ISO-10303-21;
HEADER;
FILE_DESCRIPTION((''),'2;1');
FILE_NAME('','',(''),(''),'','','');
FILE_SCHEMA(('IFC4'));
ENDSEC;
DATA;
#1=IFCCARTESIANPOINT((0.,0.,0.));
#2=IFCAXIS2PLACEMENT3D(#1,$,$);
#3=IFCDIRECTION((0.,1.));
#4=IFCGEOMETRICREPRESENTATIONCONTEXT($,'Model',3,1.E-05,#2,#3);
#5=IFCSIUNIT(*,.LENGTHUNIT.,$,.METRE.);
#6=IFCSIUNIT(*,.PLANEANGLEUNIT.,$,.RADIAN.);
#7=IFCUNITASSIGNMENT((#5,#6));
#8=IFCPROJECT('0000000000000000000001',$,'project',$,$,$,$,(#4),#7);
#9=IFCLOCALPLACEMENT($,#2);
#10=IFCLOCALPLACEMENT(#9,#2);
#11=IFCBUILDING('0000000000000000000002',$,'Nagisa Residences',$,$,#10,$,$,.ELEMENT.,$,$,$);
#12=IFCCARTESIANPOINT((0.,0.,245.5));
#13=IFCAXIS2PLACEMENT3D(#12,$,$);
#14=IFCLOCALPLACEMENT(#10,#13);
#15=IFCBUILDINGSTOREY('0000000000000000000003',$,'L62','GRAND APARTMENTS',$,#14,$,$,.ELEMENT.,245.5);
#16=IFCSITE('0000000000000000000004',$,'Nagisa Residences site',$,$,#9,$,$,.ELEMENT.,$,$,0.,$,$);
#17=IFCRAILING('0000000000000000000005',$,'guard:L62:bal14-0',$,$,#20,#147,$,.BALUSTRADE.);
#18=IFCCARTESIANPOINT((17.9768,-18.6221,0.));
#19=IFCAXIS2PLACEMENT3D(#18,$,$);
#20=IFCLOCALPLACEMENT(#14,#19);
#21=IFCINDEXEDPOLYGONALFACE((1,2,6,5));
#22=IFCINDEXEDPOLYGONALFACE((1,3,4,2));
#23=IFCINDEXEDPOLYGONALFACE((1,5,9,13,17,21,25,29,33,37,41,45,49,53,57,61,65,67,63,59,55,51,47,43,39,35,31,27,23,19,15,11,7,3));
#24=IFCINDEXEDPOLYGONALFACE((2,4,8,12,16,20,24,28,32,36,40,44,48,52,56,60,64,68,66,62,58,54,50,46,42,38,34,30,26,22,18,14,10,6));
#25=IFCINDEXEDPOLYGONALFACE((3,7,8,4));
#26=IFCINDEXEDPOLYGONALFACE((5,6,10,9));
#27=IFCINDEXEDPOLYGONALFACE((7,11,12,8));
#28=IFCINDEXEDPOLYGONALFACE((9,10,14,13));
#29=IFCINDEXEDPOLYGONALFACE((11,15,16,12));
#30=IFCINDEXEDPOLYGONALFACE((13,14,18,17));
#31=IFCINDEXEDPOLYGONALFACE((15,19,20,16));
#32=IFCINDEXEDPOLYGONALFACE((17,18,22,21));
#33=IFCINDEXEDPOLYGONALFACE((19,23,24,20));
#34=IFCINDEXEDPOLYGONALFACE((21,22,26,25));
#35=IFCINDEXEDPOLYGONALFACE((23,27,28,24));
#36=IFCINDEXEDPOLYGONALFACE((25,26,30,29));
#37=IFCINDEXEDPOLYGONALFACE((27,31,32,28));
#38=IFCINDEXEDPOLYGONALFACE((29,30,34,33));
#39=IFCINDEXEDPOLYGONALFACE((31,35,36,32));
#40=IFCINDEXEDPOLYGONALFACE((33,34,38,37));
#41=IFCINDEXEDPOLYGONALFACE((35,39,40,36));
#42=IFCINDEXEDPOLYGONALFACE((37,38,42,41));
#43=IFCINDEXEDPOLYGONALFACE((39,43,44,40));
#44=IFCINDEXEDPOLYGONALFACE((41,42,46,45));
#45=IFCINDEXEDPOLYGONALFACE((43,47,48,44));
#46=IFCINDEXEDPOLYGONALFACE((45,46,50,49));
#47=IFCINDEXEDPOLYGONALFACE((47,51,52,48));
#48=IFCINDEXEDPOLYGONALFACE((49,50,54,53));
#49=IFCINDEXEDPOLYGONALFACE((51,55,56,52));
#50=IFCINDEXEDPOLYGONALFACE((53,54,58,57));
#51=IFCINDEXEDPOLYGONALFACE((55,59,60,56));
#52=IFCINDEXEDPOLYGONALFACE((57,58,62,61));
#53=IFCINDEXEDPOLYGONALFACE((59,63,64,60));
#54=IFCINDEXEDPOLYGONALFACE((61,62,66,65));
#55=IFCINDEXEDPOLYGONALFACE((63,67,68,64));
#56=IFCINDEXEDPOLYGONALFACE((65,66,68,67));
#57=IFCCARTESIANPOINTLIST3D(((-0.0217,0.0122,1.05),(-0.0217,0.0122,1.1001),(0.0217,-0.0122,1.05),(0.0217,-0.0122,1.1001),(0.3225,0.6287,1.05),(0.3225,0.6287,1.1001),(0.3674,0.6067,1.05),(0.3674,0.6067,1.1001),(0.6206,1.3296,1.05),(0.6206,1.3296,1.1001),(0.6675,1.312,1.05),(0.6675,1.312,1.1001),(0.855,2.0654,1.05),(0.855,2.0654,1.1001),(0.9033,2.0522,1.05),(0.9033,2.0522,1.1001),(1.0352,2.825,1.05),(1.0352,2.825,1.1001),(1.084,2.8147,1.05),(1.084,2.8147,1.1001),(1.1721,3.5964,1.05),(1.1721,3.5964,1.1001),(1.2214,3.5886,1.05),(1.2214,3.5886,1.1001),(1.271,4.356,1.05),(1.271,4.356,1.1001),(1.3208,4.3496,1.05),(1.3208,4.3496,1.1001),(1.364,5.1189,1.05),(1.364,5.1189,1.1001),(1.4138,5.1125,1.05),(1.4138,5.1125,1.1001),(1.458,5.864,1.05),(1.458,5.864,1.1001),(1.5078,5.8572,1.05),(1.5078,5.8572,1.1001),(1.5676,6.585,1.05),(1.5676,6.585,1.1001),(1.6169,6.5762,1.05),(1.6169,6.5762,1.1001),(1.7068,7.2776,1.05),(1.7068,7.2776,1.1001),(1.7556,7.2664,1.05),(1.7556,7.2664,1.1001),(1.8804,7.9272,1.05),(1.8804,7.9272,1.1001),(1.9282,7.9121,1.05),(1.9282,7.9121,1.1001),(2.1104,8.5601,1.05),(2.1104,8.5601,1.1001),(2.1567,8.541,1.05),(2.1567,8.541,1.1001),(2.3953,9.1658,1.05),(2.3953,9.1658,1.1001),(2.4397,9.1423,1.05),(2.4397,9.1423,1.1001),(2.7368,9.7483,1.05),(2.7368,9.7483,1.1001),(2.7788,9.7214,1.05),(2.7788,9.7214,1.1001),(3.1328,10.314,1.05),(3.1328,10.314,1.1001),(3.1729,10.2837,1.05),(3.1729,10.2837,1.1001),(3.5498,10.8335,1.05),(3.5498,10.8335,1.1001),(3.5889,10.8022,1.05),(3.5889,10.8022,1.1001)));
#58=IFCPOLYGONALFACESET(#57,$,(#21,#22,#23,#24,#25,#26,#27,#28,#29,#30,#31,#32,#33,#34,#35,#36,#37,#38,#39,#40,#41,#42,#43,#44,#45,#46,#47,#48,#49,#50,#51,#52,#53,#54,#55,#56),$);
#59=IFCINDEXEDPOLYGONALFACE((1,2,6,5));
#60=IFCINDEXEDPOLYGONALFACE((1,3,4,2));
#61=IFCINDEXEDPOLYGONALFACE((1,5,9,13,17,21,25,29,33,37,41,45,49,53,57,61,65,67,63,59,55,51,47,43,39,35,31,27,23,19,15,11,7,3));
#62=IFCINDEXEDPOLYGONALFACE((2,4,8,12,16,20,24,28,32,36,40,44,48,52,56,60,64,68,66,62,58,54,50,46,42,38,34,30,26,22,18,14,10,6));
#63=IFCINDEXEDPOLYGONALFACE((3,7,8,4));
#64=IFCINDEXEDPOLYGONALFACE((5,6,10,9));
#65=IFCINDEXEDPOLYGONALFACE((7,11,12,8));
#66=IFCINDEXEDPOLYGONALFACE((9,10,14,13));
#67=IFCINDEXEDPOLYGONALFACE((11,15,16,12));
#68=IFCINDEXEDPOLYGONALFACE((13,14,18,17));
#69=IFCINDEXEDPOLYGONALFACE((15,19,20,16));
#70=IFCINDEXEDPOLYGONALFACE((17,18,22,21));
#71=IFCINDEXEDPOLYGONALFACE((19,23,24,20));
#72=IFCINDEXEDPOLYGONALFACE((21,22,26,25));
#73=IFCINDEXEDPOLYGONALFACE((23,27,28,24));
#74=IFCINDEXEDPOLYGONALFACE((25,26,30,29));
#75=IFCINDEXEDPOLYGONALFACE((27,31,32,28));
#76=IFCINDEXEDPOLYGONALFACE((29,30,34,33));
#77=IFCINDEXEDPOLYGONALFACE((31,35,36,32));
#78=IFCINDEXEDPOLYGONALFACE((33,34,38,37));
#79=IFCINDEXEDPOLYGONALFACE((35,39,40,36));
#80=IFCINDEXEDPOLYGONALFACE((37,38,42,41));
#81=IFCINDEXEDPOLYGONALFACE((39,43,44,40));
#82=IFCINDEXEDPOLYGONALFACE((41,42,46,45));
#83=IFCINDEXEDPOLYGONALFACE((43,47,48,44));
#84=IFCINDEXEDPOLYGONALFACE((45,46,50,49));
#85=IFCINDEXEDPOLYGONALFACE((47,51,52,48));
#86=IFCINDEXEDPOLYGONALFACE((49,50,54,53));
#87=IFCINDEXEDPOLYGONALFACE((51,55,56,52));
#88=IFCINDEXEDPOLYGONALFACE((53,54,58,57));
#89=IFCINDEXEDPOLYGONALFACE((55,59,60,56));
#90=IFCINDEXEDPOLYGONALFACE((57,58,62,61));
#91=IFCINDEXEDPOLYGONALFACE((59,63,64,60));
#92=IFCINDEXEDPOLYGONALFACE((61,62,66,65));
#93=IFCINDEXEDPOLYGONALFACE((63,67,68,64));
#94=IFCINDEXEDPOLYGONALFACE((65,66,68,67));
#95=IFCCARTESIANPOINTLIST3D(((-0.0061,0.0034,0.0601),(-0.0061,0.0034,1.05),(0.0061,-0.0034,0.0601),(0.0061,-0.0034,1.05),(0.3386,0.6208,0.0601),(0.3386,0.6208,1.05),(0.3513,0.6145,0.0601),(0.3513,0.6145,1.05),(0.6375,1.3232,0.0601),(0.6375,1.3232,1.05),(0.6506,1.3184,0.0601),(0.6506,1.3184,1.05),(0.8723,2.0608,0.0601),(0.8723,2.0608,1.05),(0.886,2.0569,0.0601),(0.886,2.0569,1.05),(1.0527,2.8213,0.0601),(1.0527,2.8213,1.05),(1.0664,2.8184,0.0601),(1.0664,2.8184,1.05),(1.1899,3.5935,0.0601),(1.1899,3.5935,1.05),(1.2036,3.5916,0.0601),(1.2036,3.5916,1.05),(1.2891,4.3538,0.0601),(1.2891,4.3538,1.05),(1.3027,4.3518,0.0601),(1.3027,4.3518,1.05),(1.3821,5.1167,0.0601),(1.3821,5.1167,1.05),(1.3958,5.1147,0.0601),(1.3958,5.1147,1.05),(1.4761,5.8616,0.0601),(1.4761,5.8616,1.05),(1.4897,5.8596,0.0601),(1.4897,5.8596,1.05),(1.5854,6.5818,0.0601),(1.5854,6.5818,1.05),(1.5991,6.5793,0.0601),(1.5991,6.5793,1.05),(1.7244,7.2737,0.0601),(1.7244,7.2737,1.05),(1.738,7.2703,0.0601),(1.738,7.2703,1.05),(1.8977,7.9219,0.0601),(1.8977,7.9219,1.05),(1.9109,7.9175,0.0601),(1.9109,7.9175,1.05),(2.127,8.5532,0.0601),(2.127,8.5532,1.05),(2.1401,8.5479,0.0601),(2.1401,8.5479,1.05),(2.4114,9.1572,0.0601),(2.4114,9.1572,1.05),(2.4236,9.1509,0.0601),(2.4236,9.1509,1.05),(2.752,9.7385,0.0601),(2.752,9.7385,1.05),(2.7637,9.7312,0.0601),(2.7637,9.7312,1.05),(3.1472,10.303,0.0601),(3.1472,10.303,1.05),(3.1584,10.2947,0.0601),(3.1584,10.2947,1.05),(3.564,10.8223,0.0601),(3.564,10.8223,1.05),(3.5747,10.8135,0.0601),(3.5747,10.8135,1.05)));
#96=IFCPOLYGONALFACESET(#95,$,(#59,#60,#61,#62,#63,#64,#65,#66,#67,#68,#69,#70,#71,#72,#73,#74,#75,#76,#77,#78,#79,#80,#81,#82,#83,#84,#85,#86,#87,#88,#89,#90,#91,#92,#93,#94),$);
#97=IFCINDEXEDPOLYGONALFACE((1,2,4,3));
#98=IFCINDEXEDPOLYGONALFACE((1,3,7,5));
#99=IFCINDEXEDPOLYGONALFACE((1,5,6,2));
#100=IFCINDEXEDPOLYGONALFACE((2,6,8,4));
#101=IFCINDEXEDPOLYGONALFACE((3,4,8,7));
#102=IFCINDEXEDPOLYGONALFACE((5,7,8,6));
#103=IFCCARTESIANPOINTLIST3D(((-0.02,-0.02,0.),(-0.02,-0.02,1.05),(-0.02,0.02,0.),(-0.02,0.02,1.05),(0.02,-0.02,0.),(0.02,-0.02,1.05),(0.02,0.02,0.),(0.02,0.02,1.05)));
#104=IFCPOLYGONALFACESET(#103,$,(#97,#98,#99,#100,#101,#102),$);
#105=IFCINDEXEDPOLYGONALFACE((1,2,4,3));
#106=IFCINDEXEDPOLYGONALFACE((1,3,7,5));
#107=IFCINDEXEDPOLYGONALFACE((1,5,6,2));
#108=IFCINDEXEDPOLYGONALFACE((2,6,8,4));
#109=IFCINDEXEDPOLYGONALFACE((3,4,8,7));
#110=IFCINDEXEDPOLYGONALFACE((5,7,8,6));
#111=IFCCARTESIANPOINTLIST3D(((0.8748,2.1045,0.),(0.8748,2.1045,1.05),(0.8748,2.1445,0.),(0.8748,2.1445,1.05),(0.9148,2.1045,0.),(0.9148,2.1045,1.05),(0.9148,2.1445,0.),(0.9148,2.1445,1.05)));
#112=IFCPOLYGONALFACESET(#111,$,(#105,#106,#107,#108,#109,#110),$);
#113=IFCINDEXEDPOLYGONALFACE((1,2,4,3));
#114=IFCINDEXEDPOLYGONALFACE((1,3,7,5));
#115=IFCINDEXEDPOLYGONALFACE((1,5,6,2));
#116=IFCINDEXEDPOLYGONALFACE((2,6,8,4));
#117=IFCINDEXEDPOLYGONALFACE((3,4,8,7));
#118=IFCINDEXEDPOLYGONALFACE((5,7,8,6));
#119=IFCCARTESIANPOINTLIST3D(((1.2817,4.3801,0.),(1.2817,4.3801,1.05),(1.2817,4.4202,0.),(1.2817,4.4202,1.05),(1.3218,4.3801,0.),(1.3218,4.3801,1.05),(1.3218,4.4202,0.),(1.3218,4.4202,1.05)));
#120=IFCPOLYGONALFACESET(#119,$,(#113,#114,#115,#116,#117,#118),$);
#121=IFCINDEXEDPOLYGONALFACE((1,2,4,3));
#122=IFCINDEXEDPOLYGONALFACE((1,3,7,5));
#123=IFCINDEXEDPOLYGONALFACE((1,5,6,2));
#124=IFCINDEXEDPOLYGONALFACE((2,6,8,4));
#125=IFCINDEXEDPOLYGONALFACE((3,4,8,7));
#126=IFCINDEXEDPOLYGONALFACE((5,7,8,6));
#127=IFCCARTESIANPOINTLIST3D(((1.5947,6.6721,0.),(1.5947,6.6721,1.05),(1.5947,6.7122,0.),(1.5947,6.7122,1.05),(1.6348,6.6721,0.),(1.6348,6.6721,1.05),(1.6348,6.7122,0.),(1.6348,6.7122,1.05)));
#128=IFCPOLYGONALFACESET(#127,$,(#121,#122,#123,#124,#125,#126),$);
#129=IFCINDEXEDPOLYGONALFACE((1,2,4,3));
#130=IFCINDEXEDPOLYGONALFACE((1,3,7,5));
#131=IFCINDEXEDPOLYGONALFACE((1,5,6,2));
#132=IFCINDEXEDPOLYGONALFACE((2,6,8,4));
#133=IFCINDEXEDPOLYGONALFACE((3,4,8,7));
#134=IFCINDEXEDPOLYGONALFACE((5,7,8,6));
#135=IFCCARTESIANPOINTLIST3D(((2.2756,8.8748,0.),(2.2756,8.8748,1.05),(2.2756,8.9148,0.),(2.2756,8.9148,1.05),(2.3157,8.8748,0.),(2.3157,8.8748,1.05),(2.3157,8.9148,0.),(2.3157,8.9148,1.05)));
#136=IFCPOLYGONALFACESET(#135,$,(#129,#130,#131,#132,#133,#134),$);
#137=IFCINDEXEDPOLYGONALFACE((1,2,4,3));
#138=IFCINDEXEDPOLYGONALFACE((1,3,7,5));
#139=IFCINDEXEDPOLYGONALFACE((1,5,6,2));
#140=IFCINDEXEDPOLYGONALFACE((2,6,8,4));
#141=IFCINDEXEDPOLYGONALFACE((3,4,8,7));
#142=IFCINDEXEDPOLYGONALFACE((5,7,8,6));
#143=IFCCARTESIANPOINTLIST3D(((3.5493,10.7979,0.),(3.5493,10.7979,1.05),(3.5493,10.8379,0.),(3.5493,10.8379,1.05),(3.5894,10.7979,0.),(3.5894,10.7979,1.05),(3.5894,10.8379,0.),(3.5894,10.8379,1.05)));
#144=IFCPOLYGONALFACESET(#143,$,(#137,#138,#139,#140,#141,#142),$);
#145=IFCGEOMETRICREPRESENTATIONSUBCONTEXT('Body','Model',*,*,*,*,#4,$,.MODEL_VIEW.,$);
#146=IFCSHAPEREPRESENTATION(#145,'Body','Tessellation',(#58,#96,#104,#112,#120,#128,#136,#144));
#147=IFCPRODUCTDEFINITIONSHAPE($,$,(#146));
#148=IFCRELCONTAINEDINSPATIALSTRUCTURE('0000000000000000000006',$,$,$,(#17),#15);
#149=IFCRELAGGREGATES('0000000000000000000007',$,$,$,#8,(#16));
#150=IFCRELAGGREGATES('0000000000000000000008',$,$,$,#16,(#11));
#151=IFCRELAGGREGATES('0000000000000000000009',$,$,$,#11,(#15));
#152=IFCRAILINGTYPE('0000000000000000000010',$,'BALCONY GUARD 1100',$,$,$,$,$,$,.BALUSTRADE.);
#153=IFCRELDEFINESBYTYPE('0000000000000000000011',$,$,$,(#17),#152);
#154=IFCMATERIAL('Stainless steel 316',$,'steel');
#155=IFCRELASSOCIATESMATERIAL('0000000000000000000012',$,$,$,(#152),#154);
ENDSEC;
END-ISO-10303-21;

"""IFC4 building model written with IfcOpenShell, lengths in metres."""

from ifc_helpers import new_model, si_unit, direction, frame, origin, origin_2d, place, context, subcontext, project, spatial, polyline, rectangle, outline, extrude, material, type_object, element, save


model = new_model("IFC4")

# Units and contexts
model_context = context("Model", 3, precision=1e-05, world=origin(), true_north=direction((0.0, 1.0)))
body_context = subcontext(model_context, "Body", "Model", "MODEL_VIEW")
ifc_project = project(units=[si_unit("LENGTHUNIT", "METRE"), si_unit("PLANEANGLEUNIT", "RADIAN")], contexts=[model_context])

# Site, building, storey
site_placement = place(None, origin())
site = spatial("IfcSite", under=ifc_project, at=site_placement, Name="Nagisa Residences site", CompositionType="ELEMENT", RefElevation=0.0)
building_placement = place(site_placement, origin())
building = spatial("IfcBuilding", under=site, at=building_placement, Name="Nagisa Residences", CompositionType="ELEMENT")
storey_placement = place(building_placement, frame((0.0, 0.0, 245.5)))
storey = spatial("IfcBuildingStorey", under=building, at=storey_placement, Name="L62", Description="GRAND APARTMENTS", CompositionType="ELEMENT", Elevation=245.5)

# Railing
ifc_material_1 = material(Name="Stainless steel 316", Category="steel")
railing_type = type_object("IfcRailingType", Name="BALCONY GUARD 1100", PredefinedType="BALUSTRADE", material=ifc_material_1)
railing_placement = place(storey_placement, frame((17.9768, -18.6221, 0.0)))
element("IfcRailing", 1, at=railing_placement, inside=storey, type_object=railing_type, Name="guard:L62:bal14-0", PredefinedType="BALUSTRADE", context=body_context, shape_type="SweptSolid", body=[
    extrude(outline(polyline([(0.3225, 0.6287), (-0.0217, 0.0122), (0.0217, -0.0122), (0.3674, 0.6067), (0.6675, 1.312), (0.9033, 2.0522), (1.084, 2.8147), (1.2214, 3.5886), (1.3208, 4.3496), (1.4138, 5.1125), (1.5078, 5.8572), (1.6169, 6.5762), (1.7556, 7.2664), (1.9282, 7.9121), (2.1567, 8.541), (2.4397, 9.1423), (2.7788, 9.7214), (3.1729, 10.2837), (3.5889, 10.8022), (3.5498, 10.8335), (3.1328, 10.314), (2.7368, 9.7483), (2.3953, 9.1658), (2.1104, 8.5601), (1.8804, 7.9272), (1.7068, 7.2776), (1.5676, 6.585), (1.458, 5.864), (1.364, 5.1189), (1.271, 4.356), (1.1721, 3.5964), (1.0352, 2.825), (0.855, 2.0654), (0.6206, 1.3296), (0.3225, 0.6287)])), frame((0.0, 0.0, 1.05)), (0.0, 0.0, 1.0), 0.05),
    extrude(outline(polyline([(0.3386, 0.6208), (-0.0061, 0.0034), (0.0061, -0.0034), (0.3513, 0.6145), (0.6506, 1.3184), (0.886, 2.0569), (1.0664, 2.8184), (1.2036, 3.5916), (1.3027, 4.3518), (1.3958, 5.1147), (1.4897, 5.8596), (1.5991, 6.5793), (1.738, 7.2703), (1.9109, 7.9175), (2.1401, 8.5479), (2.4236, 9.1509), (2.7637, 9.7312), (3.1584, 10.2947), (3.5747, 10.8135), (3.564, 10.8223), (3.1472, 10.303), (2.752, 9.7385), (2.4114, 9.1572), (2.127, 8.5532), (1.8977, 7.9219), (1.7244, 7.2737), (1.5854, 6.5818), (1.4761, 5.8616), (1.3821, 5.1167), (1.2891, 4.3538), (1.1899, 3.5935), (1.0527, 2.8213), (0.8723, 2.0608), (0.6375, 1.3232), (0.3386, 0.6208)])), frame((0.0, 0.0, 0.0601)), (0.0, 0.0, 1.0), 0.99),
    extrude(rectangle(XDim=0.04, YDim=0.04, at=origin_2d()), origin(), (0.0, 0.0, 1.0), 1.05),
    extrude(rectangle(XDim=0.04, YDim=0.04, at=origin_2d()), frame((0.8948, 2.1245, 0.0)), (0.0, 0.0, 1.0), 1.05),
    extrude(rectangle(XDim=0.04, YDim=0.04, at=origin_2d()), frame((1.3018, 4.4001, 0.0)), (0.0, 0.0, 1.0), 1.05),
    extrude(rectangle(XDim=0.04, YDim=0.04, at=origin_2d()), frame((1.6147, 6.6921, 0.0)), (0.0, 0.0, 1.0), 1.05),
    extrude(rectangle(XDim=0.04, YDim=0.04, at=origin_2d()), frame((2.2957, 8.8948, 0.0)), (0.0, 0.0, 1.0), 1.05),
    extrude(rectangle(XDim=0.04, YDim=0.04, at=origin_2d()), frame((3.5693, 10.8179, 0.0)), (0.0, 0.0, 1.0), 1.05),
])

save(model, "model.ifc")
